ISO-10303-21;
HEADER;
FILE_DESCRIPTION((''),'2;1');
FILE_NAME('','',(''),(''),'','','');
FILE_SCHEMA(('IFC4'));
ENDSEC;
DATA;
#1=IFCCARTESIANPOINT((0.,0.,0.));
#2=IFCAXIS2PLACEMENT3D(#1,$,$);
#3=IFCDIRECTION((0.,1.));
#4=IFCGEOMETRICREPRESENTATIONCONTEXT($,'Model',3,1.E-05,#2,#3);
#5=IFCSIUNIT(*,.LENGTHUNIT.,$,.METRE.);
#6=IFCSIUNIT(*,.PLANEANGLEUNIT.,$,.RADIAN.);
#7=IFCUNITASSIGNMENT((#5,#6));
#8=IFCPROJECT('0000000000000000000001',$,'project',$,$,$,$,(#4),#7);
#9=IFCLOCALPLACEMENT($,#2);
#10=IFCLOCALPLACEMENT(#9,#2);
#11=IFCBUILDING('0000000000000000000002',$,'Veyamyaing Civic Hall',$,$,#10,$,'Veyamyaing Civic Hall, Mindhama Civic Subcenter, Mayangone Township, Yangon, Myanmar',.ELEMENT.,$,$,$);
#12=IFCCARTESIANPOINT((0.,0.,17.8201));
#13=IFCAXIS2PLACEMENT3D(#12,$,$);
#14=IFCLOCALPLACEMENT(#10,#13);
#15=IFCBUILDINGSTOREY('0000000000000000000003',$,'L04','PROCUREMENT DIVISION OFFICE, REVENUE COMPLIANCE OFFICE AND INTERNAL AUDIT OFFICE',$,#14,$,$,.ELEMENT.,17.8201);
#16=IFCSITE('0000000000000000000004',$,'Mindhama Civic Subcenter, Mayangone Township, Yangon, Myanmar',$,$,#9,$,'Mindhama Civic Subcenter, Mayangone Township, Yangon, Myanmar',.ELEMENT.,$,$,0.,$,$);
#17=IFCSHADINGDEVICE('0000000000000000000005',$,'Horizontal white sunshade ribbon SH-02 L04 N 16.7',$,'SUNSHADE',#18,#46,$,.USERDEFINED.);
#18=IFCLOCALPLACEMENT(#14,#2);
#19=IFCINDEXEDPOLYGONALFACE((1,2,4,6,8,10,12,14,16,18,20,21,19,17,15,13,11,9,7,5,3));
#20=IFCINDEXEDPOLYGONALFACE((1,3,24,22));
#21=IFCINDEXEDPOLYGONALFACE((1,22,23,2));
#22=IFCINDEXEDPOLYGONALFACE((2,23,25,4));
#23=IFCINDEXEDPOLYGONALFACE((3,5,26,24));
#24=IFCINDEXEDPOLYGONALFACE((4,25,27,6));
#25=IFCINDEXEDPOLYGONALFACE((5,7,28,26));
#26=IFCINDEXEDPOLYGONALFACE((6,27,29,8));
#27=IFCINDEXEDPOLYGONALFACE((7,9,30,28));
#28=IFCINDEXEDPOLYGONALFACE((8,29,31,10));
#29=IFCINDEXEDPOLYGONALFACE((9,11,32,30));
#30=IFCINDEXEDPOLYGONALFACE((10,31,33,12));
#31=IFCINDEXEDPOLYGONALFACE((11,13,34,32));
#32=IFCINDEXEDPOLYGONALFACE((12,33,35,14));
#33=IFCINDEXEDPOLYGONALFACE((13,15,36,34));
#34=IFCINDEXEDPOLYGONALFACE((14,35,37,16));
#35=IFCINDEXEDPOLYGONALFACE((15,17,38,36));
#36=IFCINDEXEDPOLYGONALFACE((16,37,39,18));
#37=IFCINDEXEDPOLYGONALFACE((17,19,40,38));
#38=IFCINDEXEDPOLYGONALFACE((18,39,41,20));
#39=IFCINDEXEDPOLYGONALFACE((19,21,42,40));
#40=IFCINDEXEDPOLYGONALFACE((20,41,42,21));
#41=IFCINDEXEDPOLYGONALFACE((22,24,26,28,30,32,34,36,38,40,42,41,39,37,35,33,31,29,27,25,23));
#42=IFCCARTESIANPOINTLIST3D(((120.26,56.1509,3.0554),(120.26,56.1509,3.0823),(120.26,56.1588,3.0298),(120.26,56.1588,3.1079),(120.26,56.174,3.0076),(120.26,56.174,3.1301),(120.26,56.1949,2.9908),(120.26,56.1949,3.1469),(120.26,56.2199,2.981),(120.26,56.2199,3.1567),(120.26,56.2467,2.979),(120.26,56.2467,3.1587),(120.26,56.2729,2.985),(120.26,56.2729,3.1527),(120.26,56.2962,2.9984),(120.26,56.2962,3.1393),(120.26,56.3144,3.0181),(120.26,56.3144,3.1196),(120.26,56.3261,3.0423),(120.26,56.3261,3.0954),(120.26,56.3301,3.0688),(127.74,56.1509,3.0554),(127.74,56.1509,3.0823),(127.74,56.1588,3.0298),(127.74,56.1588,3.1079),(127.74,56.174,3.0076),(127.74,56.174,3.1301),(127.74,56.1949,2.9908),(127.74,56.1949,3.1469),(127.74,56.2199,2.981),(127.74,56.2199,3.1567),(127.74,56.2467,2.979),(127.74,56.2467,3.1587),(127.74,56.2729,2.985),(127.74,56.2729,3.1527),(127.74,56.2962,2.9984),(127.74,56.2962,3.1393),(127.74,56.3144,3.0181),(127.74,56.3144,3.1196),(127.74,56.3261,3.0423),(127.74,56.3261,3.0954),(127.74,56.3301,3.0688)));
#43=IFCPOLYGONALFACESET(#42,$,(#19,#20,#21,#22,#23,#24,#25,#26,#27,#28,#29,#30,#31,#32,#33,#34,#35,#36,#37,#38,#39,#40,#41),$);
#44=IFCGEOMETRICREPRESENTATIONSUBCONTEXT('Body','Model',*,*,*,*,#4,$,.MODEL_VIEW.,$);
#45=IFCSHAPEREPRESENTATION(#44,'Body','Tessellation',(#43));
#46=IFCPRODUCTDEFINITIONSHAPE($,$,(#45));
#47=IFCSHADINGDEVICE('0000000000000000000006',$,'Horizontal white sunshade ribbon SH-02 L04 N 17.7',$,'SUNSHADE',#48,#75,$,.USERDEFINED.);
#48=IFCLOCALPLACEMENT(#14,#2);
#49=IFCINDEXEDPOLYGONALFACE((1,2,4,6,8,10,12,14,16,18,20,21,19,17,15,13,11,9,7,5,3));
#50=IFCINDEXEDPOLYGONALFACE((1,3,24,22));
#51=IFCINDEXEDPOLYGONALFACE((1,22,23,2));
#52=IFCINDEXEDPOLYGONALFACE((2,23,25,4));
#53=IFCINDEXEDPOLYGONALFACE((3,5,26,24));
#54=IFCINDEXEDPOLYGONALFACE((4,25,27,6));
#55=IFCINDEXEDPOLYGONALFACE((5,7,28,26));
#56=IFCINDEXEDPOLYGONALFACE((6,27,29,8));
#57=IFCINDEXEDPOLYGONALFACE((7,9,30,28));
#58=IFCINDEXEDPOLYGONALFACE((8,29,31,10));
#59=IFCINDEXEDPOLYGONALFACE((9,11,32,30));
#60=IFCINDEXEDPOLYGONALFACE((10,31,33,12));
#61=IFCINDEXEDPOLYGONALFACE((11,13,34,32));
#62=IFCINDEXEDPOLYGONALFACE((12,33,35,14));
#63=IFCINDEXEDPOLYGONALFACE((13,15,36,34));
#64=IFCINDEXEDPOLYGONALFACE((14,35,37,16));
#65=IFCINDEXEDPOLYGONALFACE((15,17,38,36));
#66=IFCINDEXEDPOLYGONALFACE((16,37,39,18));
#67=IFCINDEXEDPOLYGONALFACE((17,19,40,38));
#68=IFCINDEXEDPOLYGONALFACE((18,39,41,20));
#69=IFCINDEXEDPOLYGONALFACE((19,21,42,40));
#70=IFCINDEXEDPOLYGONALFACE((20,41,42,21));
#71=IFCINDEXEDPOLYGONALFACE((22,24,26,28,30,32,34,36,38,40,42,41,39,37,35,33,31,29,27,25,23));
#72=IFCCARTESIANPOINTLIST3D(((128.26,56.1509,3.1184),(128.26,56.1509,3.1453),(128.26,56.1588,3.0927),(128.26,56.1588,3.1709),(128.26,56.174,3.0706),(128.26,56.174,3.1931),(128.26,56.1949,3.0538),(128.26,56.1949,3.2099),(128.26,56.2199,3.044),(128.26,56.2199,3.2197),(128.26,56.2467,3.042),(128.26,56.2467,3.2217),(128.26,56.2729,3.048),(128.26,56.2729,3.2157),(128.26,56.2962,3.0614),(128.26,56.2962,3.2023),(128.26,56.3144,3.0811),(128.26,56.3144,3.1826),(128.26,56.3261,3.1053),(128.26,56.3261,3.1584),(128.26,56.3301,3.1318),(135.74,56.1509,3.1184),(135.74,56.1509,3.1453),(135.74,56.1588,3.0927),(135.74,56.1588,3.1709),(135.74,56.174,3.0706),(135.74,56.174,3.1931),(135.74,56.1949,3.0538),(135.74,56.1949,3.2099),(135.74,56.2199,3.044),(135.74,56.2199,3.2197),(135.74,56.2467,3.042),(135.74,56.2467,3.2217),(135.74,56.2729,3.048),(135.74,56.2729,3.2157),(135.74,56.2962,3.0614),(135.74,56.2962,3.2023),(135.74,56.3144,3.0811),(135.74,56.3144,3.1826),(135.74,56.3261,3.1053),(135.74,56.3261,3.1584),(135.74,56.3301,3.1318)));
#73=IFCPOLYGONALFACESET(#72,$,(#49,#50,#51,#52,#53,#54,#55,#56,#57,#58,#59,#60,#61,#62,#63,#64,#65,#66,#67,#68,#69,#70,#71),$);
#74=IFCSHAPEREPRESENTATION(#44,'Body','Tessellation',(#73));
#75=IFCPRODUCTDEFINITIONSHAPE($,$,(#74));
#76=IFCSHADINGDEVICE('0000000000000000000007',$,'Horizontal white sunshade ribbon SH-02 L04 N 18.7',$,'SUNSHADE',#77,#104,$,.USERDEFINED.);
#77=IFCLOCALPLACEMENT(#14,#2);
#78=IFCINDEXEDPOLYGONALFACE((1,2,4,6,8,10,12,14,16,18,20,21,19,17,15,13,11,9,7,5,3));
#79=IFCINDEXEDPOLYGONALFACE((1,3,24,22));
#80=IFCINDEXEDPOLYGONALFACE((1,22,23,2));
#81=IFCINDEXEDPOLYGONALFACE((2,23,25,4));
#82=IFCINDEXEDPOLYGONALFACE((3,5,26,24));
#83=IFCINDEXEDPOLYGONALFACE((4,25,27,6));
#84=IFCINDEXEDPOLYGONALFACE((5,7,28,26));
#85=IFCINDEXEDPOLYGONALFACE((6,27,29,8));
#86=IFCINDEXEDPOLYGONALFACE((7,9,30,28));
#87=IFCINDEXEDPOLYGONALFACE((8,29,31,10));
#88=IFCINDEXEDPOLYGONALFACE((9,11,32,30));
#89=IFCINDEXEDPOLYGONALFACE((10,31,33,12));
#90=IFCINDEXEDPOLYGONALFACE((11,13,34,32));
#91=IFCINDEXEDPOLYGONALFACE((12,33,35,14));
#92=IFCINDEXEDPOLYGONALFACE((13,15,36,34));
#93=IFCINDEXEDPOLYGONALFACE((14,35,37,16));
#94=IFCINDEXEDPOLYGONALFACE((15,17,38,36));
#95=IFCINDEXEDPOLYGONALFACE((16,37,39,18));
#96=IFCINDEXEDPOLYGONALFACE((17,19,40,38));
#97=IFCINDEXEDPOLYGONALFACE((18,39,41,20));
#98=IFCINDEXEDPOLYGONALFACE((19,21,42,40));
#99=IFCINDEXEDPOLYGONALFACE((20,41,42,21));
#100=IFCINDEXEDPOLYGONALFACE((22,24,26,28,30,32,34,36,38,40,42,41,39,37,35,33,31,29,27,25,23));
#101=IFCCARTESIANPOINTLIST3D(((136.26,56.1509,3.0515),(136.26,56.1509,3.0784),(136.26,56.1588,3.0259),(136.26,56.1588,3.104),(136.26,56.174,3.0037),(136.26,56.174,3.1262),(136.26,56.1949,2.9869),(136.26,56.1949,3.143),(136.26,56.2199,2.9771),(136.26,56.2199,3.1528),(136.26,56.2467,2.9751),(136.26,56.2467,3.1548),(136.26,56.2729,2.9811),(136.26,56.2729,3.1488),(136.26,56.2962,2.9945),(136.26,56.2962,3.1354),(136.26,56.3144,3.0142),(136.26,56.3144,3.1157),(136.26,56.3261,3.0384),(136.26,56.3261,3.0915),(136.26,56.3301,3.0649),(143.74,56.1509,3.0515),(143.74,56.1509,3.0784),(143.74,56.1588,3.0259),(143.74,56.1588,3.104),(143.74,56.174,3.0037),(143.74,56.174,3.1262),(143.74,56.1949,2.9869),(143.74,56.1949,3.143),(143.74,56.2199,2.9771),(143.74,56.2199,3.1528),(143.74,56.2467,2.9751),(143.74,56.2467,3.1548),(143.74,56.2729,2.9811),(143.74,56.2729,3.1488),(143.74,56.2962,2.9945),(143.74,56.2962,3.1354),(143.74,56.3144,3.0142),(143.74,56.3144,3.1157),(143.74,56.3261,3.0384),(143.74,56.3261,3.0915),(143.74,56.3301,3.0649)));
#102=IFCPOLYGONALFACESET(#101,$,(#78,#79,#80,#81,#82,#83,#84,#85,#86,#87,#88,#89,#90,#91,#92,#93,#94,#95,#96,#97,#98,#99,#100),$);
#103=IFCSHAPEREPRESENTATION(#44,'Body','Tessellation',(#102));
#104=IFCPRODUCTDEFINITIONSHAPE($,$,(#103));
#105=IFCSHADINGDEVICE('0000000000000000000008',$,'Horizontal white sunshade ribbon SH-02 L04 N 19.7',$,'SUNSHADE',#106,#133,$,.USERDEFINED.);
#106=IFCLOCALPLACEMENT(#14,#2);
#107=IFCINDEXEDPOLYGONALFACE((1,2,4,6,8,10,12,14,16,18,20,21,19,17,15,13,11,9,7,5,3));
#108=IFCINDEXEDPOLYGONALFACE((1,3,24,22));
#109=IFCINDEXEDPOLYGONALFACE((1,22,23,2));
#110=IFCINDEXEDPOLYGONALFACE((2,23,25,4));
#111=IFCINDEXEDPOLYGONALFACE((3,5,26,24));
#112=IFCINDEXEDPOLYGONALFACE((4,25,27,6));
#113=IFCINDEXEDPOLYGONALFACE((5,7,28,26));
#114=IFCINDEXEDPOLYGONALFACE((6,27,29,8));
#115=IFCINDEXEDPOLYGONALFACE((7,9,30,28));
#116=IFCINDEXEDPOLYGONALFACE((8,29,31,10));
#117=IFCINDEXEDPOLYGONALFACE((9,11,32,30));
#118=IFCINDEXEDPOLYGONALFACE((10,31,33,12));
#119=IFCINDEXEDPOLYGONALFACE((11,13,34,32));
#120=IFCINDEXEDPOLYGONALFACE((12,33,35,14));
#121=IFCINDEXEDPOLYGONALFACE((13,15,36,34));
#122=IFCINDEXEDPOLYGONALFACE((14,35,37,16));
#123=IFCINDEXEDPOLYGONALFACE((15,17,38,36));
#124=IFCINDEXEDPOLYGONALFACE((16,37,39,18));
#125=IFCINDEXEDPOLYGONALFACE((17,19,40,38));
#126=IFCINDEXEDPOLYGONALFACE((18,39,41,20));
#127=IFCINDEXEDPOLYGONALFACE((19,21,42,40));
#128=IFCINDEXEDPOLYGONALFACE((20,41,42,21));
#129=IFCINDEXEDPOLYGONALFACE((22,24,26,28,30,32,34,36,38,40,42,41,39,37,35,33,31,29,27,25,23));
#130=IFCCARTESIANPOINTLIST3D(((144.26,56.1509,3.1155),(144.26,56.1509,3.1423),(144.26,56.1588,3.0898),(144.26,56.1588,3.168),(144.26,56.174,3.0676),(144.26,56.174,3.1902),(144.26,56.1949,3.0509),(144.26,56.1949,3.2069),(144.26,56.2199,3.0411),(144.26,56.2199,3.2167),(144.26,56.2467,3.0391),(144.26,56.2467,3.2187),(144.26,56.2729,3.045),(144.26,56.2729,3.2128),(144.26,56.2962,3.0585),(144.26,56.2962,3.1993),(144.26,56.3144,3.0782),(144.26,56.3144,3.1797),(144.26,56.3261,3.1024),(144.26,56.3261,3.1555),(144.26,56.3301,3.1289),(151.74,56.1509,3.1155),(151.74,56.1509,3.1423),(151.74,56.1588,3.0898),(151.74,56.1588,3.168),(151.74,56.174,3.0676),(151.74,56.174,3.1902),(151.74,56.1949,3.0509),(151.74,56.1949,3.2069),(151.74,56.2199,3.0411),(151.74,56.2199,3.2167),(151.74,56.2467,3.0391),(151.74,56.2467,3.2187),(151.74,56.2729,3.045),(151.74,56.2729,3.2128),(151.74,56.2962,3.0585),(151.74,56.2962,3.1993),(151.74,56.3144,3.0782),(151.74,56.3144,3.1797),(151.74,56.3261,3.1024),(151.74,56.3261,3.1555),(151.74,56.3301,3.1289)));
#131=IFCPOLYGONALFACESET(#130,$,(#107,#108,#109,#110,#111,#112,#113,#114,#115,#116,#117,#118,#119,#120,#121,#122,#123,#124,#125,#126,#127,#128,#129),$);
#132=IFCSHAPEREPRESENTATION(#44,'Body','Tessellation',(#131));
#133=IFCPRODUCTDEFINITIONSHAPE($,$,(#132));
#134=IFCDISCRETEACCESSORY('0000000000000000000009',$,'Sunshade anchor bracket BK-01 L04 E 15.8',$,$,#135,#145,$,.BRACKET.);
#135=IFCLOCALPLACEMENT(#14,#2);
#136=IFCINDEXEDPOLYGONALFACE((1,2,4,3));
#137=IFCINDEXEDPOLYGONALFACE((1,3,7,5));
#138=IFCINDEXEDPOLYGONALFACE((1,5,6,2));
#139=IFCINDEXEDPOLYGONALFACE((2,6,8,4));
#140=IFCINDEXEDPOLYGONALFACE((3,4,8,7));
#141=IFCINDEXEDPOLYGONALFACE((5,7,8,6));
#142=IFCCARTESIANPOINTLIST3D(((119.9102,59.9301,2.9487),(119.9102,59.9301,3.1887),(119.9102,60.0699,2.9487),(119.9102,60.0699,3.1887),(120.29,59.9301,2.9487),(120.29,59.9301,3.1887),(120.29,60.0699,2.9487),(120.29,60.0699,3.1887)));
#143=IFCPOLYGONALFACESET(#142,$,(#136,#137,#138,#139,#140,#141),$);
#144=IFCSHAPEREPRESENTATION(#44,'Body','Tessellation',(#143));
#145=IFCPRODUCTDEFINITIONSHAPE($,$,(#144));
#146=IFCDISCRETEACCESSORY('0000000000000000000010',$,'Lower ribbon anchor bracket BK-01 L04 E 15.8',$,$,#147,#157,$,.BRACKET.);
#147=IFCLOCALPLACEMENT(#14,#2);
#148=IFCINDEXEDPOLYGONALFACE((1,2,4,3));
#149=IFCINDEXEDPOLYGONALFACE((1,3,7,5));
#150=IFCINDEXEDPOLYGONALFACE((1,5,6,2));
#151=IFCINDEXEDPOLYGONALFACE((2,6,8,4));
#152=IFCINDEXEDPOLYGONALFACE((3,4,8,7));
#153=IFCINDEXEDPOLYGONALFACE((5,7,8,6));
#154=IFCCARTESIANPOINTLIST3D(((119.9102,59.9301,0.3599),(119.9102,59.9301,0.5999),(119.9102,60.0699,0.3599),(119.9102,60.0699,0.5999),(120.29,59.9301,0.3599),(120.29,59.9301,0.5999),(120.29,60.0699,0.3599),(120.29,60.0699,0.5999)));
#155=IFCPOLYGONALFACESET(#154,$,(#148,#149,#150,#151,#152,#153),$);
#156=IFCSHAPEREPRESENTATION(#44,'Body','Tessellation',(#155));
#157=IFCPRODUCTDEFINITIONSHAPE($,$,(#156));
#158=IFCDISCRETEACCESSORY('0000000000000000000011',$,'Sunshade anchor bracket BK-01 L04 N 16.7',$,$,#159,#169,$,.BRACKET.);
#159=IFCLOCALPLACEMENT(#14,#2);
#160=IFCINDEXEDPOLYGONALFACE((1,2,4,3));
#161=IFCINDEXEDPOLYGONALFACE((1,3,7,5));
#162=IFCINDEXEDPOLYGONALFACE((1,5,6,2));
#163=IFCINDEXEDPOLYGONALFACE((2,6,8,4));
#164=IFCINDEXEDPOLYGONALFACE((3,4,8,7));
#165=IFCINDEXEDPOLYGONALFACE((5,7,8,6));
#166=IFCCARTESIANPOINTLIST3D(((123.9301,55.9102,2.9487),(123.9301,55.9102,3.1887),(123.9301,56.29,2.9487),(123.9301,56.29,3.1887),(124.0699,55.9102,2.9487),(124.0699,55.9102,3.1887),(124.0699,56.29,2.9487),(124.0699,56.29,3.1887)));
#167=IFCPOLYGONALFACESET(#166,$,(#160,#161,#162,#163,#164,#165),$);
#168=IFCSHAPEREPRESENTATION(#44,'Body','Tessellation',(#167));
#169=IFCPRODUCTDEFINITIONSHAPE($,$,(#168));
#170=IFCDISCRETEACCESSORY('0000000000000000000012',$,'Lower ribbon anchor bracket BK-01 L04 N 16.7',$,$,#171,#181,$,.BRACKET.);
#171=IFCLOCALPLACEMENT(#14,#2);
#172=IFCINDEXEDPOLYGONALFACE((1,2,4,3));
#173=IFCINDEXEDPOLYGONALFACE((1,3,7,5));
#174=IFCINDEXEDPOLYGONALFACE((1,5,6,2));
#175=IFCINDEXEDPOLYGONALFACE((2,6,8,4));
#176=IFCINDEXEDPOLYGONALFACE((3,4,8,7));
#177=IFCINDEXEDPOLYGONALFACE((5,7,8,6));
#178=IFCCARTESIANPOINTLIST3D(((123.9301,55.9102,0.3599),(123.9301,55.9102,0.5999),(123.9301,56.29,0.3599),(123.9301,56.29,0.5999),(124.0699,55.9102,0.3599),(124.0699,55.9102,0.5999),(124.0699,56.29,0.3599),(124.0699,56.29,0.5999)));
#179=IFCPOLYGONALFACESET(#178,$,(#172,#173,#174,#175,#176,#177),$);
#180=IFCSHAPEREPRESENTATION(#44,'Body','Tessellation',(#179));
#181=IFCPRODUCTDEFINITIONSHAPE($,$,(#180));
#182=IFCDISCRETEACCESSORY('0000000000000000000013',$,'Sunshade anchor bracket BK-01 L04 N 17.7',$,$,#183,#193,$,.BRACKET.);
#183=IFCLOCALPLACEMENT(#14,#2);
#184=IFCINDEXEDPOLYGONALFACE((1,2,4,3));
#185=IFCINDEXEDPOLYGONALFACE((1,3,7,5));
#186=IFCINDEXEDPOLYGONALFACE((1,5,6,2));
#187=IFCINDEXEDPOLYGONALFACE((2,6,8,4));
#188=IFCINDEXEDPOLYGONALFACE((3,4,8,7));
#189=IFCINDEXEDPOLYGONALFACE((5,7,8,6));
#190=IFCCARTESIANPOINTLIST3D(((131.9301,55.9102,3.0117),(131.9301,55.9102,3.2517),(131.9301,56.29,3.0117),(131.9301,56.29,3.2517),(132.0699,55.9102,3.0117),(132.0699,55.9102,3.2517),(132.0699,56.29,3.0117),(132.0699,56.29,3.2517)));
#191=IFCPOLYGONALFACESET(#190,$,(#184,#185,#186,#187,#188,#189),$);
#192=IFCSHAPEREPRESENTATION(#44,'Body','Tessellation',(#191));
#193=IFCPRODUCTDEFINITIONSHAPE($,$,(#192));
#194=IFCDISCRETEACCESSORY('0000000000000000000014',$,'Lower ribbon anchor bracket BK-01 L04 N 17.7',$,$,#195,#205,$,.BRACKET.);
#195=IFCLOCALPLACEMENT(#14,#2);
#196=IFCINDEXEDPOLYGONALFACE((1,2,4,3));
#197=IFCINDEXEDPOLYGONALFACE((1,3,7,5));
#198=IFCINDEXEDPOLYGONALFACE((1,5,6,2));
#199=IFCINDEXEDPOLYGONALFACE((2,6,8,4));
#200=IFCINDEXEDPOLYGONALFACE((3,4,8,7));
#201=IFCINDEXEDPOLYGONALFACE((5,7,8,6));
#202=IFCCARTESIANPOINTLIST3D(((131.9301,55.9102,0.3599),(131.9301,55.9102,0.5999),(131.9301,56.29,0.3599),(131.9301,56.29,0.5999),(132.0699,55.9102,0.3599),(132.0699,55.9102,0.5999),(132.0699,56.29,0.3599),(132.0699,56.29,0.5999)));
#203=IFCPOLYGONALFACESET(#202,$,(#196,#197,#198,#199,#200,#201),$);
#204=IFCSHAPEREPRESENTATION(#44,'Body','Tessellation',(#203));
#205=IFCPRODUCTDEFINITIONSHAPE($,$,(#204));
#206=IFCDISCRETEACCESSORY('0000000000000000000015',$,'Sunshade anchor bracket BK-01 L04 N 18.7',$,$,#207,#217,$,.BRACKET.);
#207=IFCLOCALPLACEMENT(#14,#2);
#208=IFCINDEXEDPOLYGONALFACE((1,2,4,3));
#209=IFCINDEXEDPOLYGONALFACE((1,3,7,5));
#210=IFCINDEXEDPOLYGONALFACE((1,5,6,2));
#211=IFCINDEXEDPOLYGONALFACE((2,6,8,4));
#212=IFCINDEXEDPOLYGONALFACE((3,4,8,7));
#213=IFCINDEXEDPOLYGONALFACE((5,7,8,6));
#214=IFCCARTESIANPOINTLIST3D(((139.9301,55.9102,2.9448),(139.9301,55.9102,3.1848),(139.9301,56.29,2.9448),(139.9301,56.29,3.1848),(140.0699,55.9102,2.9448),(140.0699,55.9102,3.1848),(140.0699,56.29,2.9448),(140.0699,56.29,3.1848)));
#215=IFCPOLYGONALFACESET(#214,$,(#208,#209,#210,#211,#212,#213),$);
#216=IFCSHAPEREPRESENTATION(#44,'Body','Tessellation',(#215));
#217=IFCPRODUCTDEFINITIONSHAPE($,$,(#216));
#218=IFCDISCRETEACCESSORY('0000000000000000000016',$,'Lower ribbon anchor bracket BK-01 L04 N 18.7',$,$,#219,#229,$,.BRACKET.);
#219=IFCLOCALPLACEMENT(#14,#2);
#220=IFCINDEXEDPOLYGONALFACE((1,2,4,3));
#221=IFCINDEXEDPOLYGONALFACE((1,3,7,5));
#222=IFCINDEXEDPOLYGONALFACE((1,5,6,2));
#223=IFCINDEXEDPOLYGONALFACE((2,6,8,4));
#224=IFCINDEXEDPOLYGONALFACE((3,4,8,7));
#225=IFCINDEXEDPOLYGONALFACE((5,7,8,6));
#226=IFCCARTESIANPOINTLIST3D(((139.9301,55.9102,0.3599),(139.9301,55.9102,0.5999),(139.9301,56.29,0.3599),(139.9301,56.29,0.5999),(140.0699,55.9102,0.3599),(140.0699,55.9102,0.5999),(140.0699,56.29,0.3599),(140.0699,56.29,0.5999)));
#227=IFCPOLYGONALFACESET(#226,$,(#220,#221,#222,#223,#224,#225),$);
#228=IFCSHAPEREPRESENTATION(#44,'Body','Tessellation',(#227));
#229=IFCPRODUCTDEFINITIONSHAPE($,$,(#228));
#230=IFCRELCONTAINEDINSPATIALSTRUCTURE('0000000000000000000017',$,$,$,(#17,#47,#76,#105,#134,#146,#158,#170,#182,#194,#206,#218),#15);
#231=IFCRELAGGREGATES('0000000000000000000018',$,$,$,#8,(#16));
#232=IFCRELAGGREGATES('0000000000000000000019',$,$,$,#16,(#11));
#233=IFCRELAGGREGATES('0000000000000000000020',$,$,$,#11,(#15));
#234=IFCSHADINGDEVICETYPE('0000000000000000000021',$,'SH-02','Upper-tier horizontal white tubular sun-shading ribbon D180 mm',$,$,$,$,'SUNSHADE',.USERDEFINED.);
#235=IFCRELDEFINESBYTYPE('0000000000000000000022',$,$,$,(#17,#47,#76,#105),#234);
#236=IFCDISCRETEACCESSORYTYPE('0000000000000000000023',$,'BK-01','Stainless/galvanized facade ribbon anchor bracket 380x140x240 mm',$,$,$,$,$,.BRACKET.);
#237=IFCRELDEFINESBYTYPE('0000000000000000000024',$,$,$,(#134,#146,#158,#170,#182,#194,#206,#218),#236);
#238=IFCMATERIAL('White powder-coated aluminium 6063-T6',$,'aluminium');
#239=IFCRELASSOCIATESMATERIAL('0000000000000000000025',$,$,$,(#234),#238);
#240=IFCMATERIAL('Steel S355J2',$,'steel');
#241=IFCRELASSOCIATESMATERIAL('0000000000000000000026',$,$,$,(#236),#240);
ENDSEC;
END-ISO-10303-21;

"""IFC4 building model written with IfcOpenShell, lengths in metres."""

from ifc_helpers import new_model, si_unit, direction, frame, origin, origin_2d, place, context, subcontext, project, spatial, rectangle, circle, extrude, material, material_profile, profile_set, type_object, element, save


model = new_model("IFC4")

# Units and contexts
model_context = context("Model", 3, precision=1e-05, world=origin(), true_north=direction((0.0, 1.0)))
body_context = subcontext(model_context, "Body", "Model", "MODEL_VIEW")
ifc_project = project(units=[si_unit("LENGTHUNIT", "METRE"), si_unit("PLANEANGLEUNIT", "RADIAN")], contexts=[model_context])

# Site, building, storey
site_placement = place(None, origin())
site = spatial("IfcSite", under=ifc_project, at=site_placement, Name="Mindhama Civic Subcenter, Mayangone Township, Yangon, Myanmar", LongName="Mindhama Civic Subcenter, Mayangone Township, Yangon, Myanmar", CompositionType="ELEMENT", RefElevation=0.0)
building_placement = place(site_placement, origin())
building = spatial("IfcBuilding", under=site, at=building_placement, Name="Veyamyaing Civic Hall", LongName="Veyamyaing Civic Hall, Mindhama Civic Subcenter, Mayangone Township, Yangon, Myanmar", CompositionType="ELEMENT")
storey_placement = place(building_placement, frame((0.0, 0.0, 17.8201)))
storey = spatial("IfcBuildingStorey", under=building, at=storey_placement, Name="L04", Description="PROCUREMENT DIVISION OFFICE, REVENUE COMPLIANCE OFFICE AND INTERNAL AUDIT OFFICE", CompositionType="ELEMENT", Elevation=17.8201)

# Shared definitions
ifc_material_1 = material(Name="White powder-coated aluminium 6063-T6", Category="aluminium")

# Shading devices
ifc_material_profile_1 = material_profile(ifc_material_1, circle(Radius=0.0901, at=origin_2d()), Name="SHADE-TUBE-180")
ifc_profile_set_1 = profile_set([ifc_material_profile_1], Name="White powder-coated aluminium 6063-T6")
shading_device_type_1 = type_object("IfcShadingDeviceType", Name="SH-02", Description="Upper-tier horizontal white tubular sun-shading ribbon D180 mm", ElementType="SUNSHADE", PredefinedType="USERDEFINED", material=ifc_profile_set_1)
for number, where, z_axis, x_axis, name in (
    (1, (120.26, 56.24, 3.0688), (1.0, 0.0, 0.0), (0.0, 1.0, 0.0), "Horizontal white sunshade ribbon SH-02 L04 N 16.7"),
    (2, (128.26, 56.24, 3.1318), (1.0, 0.0, 0.0), (0.0, 1.0, 0.0), "Horizontal white sunshade ribbon SH-02 L04 N 17.7"),
    (3, (136.26, 56.24, 3.0649), (1.0, 0.0, 0.0), (0.0, 1.0, 0.0), "Horizontal white sunshade ribbon SH-02 L04 N 18.7"),
    (4, (144.26, 56.24, 3.1289), (1.0, 0.0, 0.0), (0.0, 1.0, 0.0), "Horizontal white sunshade ribbon SH-02 L04 N 19.7"),
):
    element("IfcShadingDevice", number, at=place(storey_placement, frame(where, z_axis=z_axis, x_axis=x_axis)), inside=storey, type_object=shading_device_type_1, Name=name, ObjectType="SUNSHADE", PredefinedType="USERDEFINED", context=body_context, shape_type="SweptSolid", body=[
        extrude(circle(Radius=0.0901, at=origin_2d()), origin(), (0.0, 0.0, 1.0), 7.48),
    ])

# Discrete accessories
ifc_material_2 = material(Name="Steel S355J2", Category="steel")
discrete_accessory_type = type_object("IfcDiscreteAccessoryType", Name="BK-01", Description="Stainless/galvanized facade ribbon anchor bracket 380x140x240 mm", PredefinedType="BRACKET", material=ifc_material_2)
for number, where, z_axis, x_axis, name in (
    (5, (120.1001, 60.0, 2.9487), (0.0, 0.0, 1.0), (1.0, 0.0, 0.0), "Sunshade anchor bracket BK-01 L04 E 15.8"),
    (6, (120.1001, 60.0, 0.3599), (0.0, 0.0, 1.0), (1.0, 0.0, 0.0), "Lower ribbon anchor bracket BK-01 L04 E 15.8"),
    (7, (124.0, 56.1001, 2.9487), (0.0, 0.0, 1.0), (0.0, 1.0, 0.0), "Sunshade anchor bracket BK-01 L04 N 16.7"),
    (8, (124.0, 56.1001, 0.3599), (0.0, 0.0, 1.0), (0.0, 1.0, 0.0), "Lower ribbon anchor bracket BK-01 L04 N 16.7"),
    (9, (132.0, 56.1001, 3.0117), (0.0, 0.0, 1.0), (0.0, 1.0, 0.0), "Sunshade anchor bracket BK-01 L04 N 17.7"),
    (10, (132.0, 56.1001, 0.3599), (0.0, 0.0, 1.0), (0.0, 1.0, 0.0), "Lower ribbon anchor bracket BK-01 L04 N 17.7"),
    (11, (140.0, 56.1001, 2.9448), (0.0, 0.0, 1.0), (0.0, 1.0, 0.0), "Sunshade anchor bracket BK-01 L04 N 18.7"),
    (12, (140.0, 56.1001, 0.3599), (0.0, 0.0, 1.0), (0.0, 1.0, 0.0), "Lower ribbon anchor bracket BK-01 L04 N 18.7"),
):
    element("IfcDiscreteAccessory", number, at=place(storey_placement, frame(where, z_axis=z_axis, x_axis=x_axis)), inside=storey, type_object=discrete_accessory_type, Name=name, PredefinedType="BRACKET", context=body_context, shape_type="SweptSolid", body=[
        extrude(rectangle(XDim=0.3799, YDim=0.1399, at=origin_2d()), origin(), (0.0, 0.0, 1.0), 0.24),
    ])

save(model, "model.ifc")
